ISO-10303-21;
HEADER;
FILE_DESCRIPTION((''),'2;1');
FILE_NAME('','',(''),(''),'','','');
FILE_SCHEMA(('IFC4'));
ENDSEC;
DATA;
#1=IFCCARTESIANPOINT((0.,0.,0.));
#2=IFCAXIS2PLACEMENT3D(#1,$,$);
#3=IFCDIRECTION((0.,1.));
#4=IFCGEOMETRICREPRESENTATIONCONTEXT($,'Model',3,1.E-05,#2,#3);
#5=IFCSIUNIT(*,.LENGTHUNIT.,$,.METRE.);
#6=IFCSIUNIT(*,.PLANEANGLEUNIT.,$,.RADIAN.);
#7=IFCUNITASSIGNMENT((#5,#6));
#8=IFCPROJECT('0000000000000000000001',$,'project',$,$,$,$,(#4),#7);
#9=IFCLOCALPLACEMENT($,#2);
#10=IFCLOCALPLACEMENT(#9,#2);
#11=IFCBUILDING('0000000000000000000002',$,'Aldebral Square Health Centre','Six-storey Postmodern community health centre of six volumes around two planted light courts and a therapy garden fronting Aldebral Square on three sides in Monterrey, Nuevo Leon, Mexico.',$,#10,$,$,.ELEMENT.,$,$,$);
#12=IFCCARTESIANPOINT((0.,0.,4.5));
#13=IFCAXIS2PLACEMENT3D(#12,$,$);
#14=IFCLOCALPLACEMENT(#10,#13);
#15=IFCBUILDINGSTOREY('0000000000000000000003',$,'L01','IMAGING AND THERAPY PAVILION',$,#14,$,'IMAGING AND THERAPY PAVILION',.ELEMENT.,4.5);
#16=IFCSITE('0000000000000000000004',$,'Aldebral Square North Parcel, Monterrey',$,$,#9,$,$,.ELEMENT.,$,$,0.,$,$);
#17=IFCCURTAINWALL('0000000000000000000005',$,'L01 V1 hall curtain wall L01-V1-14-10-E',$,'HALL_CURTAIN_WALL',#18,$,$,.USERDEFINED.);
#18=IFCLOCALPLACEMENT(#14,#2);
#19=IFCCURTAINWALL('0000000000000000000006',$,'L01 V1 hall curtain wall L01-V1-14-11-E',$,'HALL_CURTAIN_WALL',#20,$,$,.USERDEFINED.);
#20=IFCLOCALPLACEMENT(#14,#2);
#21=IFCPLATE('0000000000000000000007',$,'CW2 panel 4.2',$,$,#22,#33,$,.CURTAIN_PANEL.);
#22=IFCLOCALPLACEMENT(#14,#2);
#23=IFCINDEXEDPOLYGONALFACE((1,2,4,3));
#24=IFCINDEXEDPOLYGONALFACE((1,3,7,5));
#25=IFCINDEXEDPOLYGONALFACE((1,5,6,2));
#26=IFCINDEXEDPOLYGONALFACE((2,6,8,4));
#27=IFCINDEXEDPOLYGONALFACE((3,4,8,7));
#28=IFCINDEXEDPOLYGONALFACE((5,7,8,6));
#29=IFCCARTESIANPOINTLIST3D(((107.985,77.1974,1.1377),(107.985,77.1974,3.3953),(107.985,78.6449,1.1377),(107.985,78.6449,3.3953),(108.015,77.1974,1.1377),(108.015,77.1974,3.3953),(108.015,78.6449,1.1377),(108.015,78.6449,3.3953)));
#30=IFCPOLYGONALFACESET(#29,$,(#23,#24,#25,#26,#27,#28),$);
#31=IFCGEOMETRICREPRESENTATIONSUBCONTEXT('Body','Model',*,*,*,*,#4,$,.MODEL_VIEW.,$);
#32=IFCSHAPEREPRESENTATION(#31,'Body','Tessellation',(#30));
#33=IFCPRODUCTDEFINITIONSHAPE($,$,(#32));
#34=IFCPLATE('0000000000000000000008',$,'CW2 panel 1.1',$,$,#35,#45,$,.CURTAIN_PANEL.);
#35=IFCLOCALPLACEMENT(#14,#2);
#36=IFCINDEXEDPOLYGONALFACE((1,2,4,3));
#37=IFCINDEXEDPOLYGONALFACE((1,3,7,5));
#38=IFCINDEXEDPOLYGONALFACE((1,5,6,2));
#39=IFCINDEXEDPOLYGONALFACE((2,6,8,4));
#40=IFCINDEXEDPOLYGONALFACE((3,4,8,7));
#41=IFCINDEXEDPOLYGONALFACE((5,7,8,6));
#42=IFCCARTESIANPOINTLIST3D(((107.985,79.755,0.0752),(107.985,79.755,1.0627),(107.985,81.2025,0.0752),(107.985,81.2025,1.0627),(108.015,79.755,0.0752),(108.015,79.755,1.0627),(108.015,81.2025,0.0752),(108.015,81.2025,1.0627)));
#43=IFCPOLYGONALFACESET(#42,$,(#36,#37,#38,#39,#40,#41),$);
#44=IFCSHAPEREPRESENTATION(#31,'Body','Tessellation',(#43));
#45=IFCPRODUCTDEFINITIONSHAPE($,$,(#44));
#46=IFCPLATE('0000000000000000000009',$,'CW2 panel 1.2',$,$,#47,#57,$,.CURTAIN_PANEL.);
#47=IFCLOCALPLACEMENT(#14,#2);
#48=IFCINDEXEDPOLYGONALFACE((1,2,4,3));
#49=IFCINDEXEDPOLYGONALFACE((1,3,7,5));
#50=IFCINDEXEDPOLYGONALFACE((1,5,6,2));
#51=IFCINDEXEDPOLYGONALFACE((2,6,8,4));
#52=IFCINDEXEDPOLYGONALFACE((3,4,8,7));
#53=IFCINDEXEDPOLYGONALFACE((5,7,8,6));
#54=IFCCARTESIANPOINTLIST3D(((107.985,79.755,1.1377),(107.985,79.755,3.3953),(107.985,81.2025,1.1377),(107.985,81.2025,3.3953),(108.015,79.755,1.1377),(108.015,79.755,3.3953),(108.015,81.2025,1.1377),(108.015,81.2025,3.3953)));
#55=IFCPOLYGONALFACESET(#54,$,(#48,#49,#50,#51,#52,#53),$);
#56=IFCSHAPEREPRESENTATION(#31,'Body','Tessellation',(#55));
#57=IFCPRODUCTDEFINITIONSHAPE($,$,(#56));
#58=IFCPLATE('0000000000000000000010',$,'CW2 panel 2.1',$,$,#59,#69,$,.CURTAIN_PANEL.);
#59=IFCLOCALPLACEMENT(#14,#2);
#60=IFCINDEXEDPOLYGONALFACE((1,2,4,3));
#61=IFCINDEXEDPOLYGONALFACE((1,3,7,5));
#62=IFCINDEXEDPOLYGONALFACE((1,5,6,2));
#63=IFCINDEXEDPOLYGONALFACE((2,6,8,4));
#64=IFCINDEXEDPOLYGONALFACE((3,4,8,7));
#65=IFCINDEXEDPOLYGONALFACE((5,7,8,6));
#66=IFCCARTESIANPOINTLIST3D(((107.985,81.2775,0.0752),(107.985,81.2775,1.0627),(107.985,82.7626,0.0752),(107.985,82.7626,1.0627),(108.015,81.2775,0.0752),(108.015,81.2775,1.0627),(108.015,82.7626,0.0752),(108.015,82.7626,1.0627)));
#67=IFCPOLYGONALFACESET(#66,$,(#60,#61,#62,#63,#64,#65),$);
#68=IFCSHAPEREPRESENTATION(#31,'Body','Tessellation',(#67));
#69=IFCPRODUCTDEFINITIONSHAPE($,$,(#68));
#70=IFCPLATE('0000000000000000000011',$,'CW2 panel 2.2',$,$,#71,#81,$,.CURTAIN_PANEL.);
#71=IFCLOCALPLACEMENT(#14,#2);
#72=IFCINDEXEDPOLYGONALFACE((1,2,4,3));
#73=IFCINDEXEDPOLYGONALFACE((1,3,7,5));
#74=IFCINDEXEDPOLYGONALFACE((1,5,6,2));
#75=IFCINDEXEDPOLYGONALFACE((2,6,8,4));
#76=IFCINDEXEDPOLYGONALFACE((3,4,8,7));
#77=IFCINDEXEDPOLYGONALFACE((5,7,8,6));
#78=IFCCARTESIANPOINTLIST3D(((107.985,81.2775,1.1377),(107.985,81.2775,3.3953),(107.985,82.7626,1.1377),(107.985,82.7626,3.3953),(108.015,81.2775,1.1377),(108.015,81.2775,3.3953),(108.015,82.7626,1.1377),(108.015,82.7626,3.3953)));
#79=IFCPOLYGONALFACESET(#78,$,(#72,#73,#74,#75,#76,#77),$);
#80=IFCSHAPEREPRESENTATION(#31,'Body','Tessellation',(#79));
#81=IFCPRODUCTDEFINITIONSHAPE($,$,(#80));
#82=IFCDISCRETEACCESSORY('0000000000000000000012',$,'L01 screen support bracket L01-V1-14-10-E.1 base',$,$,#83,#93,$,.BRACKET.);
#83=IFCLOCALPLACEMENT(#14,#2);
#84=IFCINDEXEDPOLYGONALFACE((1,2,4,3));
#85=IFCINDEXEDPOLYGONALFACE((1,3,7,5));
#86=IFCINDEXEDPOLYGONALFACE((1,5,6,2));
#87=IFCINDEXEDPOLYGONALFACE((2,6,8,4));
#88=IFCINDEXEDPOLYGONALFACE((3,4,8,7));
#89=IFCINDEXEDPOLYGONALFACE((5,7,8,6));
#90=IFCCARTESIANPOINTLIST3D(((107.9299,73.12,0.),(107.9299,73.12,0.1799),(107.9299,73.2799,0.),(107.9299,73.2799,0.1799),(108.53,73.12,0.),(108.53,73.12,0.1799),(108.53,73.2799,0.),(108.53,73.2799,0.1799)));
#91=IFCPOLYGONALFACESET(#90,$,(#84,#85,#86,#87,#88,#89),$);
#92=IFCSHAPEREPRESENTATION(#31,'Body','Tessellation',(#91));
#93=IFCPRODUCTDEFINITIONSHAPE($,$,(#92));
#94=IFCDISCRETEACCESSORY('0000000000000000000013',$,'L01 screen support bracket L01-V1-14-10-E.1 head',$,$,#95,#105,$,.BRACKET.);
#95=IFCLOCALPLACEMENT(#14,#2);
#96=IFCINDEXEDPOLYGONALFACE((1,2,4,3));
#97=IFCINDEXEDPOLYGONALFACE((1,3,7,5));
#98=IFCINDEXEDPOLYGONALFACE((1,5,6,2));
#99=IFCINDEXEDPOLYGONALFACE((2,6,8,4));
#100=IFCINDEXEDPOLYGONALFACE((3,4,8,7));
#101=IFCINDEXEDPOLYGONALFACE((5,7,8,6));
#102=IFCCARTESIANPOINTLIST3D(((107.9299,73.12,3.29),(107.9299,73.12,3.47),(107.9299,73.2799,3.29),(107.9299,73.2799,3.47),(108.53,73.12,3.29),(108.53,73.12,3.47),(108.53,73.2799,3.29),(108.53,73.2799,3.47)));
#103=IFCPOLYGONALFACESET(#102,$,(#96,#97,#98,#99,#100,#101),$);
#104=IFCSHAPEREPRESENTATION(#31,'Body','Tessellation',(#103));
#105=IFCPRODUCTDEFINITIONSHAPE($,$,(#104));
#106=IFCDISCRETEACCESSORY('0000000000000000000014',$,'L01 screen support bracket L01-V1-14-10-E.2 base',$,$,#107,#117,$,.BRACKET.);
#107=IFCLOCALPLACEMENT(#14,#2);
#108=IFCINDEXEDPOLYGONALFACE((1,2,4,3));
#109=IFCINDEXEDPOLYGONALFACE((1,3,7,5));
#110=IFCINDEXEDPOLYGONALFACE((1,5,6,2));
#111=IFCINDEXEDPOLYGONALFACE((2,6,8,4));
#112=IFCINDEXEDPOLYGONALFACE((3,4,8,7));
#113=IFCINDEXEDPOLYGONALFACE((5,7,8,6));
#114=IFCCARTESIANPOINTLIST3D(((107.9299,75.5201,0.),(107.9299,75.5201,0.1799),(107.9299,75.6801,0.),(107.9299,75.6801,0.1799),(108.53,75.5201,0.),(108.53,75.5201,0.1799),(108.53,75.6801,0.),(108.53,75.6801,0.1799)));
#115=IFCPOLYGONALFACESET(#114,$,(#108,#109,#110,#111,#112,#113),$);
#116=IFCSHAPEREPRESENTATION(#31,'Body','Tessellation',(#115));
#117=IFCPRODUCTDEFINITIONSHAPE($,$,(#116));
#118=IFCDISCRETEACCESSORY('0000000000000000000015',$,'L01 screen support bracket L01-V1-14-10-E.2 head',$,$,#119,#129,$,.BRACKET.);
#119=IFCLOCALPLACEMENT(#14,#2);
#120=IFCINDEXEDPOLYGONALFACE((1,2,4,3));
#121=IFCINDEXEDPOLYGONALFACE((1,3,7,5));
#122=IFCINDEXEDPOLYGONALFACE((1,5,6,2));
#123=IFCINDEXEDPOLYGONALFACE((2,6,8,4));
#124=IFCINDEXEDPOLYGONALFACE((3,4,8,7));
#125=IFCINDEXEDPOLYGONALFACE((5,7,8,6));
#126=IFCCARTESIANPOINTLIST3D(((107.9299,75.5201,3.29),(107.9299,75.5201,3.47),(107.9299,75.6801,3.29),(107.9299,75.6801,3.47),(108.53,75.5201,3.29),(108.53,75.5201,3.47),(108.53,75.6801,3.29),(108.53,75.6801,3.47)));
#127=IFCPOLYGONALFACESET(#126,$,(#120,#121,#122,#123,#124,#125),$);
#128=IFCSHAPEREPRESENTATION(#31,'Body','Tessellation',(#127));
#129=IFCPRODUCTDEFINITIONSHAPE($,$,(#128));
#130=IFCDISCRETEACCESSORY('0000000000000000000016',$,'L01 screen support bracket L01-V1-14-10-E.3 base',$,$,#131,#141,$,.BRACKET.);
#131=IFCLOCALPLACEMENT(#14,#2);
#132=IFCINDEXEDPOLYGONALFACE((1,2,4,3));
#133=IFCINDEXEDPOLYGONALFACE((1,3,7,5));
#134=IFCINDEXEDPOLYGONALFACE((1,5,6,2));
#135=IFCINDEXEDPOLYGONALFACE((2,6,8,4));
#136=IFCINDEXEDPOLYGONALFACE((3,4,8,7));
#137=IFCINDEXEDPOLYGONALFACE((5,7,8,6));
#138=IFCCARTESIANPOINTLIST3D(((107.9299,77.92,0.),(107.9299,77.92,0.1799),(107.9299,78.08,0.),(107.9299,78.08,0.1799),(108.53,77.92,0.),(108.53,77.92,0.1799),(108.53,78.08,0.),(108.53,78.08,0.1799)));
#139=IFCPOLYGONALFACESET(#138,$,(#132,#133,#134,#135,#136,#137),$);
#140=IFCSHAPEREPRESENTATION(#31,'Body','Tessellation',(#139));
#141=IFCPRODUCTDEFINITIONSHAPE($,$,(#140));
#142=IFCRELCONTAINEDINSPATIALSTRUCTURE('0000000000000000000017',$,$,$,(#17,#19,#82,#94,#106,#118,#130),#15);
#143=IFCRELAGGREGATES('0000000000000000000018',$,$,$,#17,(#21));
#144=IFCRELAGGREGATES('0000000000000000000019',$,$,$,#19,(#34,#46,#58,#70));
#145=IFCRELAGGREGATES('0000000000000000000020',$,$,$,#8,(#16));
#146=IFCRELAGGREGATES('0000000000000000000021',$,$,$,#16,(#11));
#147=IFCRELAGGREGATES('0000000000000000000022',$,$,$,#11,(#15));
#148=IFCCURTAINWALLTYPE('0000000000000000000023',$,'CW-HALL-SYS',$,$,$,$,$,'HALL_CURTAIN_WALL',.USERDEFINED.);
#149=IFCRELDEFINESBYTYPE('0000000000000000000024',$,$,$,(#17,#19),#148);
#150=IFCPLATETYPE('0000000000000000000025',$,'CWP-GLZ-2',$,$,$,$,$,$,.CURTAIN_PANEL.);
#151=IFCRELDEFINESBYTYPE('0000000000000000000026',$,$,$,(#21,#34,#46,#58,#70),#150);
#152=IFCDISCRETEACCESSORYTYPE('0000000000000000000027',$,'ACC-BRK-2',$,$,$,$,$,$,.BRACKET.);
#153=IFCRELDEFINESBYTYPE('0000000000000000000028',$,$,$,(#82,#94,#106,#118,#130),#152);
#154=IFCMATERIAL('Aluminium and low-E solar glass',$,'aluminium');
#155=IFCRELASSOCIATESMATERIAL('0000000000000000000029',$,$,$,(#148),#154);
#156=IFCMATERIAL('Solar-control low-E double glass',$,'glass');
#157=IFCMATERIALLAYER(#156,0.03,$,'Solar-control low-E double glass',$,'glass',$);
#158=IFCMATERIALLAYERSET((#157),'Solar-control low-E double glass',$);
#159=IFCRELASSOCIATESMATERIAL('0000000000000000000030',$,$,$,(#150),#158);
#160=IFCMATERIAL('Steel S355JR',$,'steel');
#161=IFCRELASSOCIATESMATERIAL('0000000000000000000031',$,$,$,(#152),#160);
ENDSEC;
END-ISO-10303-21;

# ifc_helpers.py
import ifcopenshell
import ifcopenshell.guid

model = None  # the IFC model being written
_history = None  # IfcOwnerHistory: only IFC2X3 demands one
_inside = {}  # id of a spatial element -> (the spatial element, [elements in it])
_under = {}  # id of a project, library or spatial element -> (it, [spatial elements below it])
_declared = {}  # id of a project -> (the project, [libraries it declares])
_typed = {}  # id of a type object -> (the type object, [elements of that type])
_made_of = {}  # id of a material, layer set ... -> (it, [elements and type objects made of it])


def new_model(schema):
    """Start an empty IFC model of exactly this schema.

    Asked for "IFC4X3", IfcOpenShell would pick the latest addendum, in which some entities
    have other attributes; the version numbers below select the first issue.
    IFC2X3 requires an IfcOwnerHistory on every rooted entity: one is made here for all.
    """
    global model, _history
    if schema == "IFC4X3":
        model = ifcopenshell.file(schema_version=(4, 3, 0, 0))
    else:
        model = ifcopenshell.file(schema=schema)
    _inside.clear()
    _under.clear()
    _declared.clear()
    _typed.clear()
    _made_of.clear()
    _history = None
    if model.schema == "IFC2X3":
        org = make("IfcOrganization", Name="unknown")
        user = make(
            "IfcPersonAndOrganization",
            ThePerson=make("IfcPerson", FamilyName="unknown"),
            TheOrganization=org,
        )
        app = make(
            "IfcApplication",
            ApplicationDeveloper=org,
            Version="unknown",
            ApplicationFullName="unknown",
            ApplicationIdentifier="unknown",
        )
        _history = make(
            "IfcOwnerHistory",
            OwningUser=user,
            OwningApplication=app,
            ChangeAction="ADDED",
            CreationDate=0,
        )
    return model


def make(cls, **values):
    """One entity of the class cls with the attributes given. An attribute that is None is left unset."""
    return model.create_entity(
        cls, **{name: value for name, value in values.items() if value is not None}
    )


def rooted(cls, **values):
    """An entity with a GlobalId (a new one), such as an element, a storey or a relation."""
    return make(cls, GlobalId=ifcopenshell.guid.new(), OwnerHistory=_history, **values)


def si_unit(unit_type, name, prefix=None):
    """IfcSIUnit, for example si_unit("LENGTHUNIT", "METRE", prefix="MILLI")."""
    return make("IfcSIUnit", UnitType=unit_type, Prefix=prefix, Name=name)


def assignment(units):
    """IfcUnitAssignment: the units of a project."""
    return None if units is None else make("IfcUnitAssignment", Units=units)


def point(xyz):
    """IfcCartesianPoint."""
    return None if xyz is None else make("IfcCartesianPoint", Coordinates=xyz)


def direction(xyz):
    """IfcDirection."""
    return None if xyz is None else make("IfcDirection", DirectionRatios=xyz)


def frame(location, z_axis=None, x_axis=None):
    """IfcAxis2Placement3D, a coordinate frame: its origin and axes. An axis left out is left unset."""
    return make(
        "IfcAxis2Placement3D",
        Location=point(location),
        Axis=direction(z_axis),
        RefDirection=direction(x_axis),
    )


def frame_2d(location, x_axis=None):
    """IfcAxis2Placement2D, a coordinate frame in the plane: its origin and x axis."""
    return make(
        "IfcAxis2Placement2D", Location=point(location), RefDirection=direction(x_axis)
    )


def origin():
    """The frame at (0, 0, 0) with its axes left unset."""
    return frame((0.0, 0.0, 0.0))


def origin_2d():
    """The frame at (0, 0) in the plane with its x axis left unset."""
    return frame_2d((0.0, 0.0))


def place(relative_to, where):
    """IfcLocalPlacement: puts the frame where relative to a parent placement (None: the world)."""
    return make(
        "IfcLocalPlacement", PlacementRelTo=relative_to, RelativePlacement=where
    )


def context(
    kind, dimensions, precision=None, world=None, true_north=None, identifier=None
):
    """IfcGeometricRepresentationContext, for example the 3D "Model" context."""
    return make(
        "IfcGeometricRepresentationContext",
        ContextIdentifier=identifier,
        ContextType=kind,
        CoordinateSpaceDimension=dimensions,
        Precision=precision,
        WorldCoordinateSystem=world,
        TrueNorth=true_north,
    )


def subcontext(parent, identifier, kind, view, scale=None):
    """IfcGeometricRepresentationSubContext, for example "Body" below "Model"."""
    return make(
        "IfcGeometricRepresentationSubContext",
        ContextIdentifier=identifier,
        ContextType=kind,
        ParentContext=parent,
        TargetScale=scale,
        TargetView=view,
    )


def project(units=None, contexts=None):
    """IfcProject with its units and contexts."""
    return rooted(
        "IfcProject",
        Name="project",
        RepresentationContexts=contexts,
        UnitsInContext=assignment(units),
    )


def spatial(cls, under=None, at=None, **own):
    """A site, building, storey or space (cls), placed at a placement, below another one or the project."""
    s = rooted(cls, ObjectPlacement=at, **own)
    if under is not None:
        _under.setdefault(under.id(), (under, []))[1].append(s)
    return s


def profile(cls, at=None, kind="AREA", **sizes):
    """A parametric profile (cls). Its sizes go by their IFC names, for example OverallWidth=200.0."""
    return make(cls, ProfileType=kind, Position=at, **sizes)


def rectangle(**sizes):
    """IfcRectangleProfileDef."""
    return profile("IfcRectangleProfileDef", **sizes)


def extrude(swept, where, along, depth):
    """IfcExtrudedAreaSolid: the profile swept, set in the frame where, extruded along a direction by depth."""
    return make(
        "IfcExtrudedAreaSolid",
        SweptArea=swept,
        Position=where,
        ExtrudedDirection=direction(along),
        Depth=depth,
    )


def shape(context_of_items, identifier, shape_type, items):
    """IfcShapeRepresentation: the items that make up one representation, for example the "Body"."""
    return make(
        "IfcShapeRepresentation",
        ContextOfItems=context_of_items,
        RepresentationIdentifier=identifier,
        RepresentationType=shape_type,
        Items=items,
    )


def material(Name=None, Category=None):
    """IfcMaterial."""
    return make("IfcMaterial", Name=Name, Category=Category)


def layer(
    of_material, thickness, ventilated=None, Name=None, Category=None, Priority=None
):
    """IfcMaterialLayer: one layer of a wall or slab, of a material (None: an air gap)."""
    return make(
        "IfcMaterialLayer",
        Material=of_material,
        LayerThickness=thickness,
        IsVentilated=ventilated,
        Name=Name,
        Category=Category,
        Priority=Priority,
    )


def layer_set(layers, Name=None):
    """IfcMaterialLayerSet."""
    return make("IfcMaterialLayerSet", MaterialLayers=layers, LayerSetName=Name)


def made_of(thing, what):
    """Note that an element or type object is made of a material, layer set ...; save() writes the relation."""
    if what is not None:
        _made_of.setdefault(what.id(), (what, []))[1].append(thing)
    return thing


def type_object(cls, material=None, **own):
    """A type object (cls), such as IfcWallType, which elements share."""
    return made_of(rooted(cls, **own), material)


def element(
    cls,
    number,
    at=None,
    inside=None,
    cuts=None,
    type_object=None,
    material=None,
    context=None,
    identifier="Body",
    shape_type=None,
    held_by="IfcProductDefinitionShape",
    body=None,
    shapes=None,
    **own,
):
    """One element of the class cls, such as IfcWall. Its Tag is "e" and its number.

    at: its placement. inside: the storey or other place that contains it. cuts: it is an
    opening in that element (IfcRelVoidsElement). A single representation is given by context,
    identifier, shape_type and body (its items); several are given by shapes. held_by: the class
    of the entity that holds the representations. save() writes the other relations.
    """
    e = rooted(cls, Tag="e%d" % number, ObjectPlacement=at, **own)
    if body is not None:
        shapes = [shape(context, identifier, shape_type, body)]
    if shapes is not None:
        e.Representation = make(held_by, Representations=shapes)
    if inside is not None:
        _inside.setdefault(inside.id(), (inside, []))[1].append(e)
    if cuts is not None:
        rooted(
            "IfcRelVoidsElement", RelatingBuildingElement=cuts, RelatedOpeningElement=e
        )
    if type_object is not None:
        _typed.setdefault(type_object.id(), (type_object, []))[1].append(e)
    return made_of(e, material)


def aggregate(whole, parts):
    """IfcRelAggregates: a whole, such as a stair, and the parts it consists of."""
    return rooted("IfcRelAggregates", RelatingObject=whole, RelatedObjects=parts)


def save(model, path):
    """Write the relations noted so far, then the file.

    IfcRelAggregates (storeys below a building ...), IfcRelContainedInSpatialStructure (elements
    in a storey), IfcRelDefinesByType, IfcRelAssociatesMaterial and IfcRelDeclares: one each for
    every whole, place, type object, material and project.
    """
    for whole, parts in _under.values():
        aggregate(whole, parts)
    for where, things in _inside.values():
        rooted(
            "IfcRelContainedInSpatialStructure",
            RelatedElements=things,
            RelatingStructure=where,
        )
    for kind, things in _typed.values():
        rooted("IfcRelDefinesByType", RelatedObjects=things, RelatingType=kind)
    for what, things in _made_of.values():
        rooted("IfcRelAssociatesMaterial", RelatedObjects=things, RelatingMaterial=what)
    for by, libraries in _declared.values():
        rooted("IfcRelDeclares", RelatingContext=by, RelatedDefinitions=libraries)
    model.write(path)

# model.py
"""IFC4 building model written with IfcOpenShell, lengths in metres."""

from ifc_helpers import new_model, si_unit, direction, frame, origin, origin_2d, place, context, subcontext, project, spatial, rectangle, extrude, material, layer, layer_set, type_object, element, aggregate, save


model = new_model("IFC4")

# Units and contexts
model_context = context("Model", 3, precision=1e-05, world=origin(), true_north=direction((0.0, 1.0)))
body_context = subcontext(model_context, "Body", "Model", "MODEL_VIEW")
ifc_project = project(units=[si_unit("LENGTHUNIT", "METRE"), si_unit("PLANEANGLEUNIT", "RADIAN")], contexts=[model_context])

# Site, building, storey
site_placement = place(None, origin())
site = spatial("IfcSite", under=ifc_project, at=site_placement, Name="Aldebral Square North Parcel, Monterrey", CompositionType="ELEMENT", RefElevation=0.0)
building_placement = place(site_placement, origin())
building = spatial("IfcBuilding", under=site, at=building_placement, Name="Aldebral Square Health Centre", Description="Six-storey Postmodern community health centre of six volumes around two planted light courts and a therapy garden fronting Aldebral Square on three sides in Monterrey, Nuevo Leon, Mexico.", CompositionType="ELEMENT")
storey_placement = place(building_placement, frame((0.0, 0.0, 4.5)))
storey = spatial("IfcBuildingStorey", under=building, at=storey_placement, Name="L01", Description="IMAGING AND THERAPY PAVILION", LongName="IMAGING AND THERAPY PAVILION", CompositionType="ELEMENT", Elevation=4.5)

# Curtain wall
ifc_material_1 = material(Name="Aluminium and low-E solar glass", Category="aluminium")
curtain_wall_type = type_object("IfcCurtainWallType", Name="CW-HALL-SYS", ElementType="HALL_CURTAIN_WALL", PredefinedType="USERDEFINED", material=ifc_material_1)
curtain_wall_1_placement = place(storey_placement, origin())
curtain_wall_1 = element("IfcCurtainWall", 1, at=curtain_wall_1_placement, inside=storey, type_object=curtain_wall_type, Name="L01 V1 hall curtain wall L01-V1-14-10-E", ObjectType="HALL_CURTAIN_WALL", PredefinedType="USERDEFINED")

# Curtain wall
curtain_wall_2_placement = place(storey_placement, origin())
curtain_wall_2 = element("IfcCurtainWall", 2, at=curtain_wall_2_placement, inside=storey, type_object=curtain_wall_type, Name="L01 V1 hall curtain wall L01-V1-14-11-E", ObjectType="HALL_CURTAIN_WALL", PredefinedType="USERDEFINED")

# Plates
ifc_material_2 = material(Name="Solar-control low-E double glass", Category="glass")
ifc_layer = layer(ifc_material_2, 0.03, Name="Solar-control low-E double glass", Category="glass")
ifc_layer_set = layer_set([ifc_layer], Name="Solar-control low-E double glass")
plate_type = type_object("IfcPlateType", Name="CWP-GLZ-2", PredefinedType="CURTAIN_PANEL", material=ifc_layer_set)
plate_1_placement = place(storey_placement, frame((108.0, 77.9211, 1.1377), z_axis=(0.0, 0.0, 1.0), x_axis=(0.0, 1.0, 0.0)))
plate_1 = element("IfcPlate", 3, at=plate_1_placement, type_object=plate_type, Name="CW2 panel 4.2", PredefinedType="CURTAIN_PANEL", context=body_context, shape_type="SweptSolid", body=[
    extrude(rectangle(XDim=1.4475, YDim=0.03, at=origin_2d()), origin(), (0.0, 0.0, 1.0), 2.2576),
])
aggregate(curtain_wall_1, [plate_1])
plate_2_placement = place(storey_placement, frame((108.0, 80.4788, 0.0752), z_axis=(0.0, 0.0, 1.0), x_axis=(0.0, 1.0, 0.0)))
plate_2 = element("IfcPlate", 4, at=plate_2_placement, type_object=plate_type, Name="CW2 panel 1.1", PredefinedType="CURTAIN_PANEL", context=body_context, shape_type="SweptSolid", body=[
    extrude(rectangle(XDim=1.4475, YDim=0.03, at=origin_2d()), origin(), (0.0, 0.0, 1.0), 0.9875),
])
plate_3_placement = place(storey_placement, frame((108.0, 80.4788, 1.1377), z_axis=(0.0, 0.0, 1.0), x_axis=(0.0, 1.0, 0.0)))
plate_3 = element("IfcPlate", 5, at=plate_3_placement, type_object=plate_type, Name="CW2 panel 1.2", PredefinedType="CURTAIN_PANEL", context=body_context, shape_type="SweptSolid", body=[
    extrude(rectangle(XDim=1.4475, YDim=0.03, at=origin_2d()), origin(), (0.0, 0.0, 1.0), 2.2576),
])
plate_4_placement = place(storey_placement, frame((108.0, 82.02, 0.0752), z_axis=(0.0, 0.0, 1.0), x_axis=(0.0, 1.0, 0.0)))
plate_4 = element("IfcPlate", 6, at=plate_4_placement, type_object=plate_type, Name="CW2 panel 2.1", PredefinedType="CURTAIN_PANEL", context=body_context, shape_type="SweptSolid", body=[
    extrude(rectangle(XDim=1.4851, YDim=0.03, at=origin_2d()), origin(), (0.0, 0.0, 1.0), 0.9875),
])
plate_5_placement = place(storey_placement, frame((108.0, 82.02, 1.1377), z_axis=(0.0, 0.0, 1.0), x_axis=(0.0, 1.0, 0.0)))
plate_5 = element("IfcPlate", 7, at=plate_5_placement, type_object=plate_type, Name="CW2 panel 2.2", PredefinedType="CURTAIN_PANEL", context=body_context, shape_type="SweptSolid", body=[
    extrude(rectangle(XDim=1.4851, YDim=0.03, at=origin_2d()), origin(), (0.0, 0.0, 1.0), 2.2576),
])
aggregate(curtain_wall_2, [plate_2, plate_3, plate_4, plate_5])

# Discrete accessories
ifc_material_3 = material(Name="Steel S355JR", Category="steel")
discrete_accessory_type = type_object("IfcDiscreteAccessoryType", Name="ACC-BRK-2", PredefinedType="BRACKET", material=ifc_material_3)
for number, where, z_axis, x_axis, name in (
    (8, (108.23, 73.2, 0.0), (0.0, 0.0, 1.0), (0.0, 1.0, 0.0), "L01 screen support bracket L01-V1-14-10-E.1 base"),
    (9, (108.23, 73.2, 3.29), (0.0, 0.0, 1.0), (0.0, 1.0, 0.0), "L01 screen support bracket L01-V1-14-10-E.1 head"),
    (10, (108.23, 75.6001, 0.0), (0.0, 0.0, 1.0), (0.0, 1.0, 0.0), "L01 screen support bracket L01-V1-14-10-E.2 base"),
    (11, (108.23, 75.6001, 3.29), (0.0, 0.0, 1.0), (0.0, 1.0, 0.0), "L01 screen support bracket L01-V1-14-10-E.2 head"),
    (12, (108.23, 78.0, 0.0), (0.0, 0.0, 1.0), (0.0, 1.0, 0.0), "L01 screen support bracket L01-V1-14-10-E.3 base"),
):
    element("IfcDiscreteAccessory", number, at=place(storey_placement, frame(where, z_axis=z_axis, x_axis=x_axis)), inside=storey, type_object=discrete_accessory_type, Name=name, PredefinedType="BRACKET", context=body_context, shape_type="SweptSolid", body=[
        extrude(rectangle(XDim=0.1599, YDim=0.6001, at=origin_2d()), origin(), (0.0, 0.0, 1.0), 0.1799),
    ])

save(model, "model.ifc")
